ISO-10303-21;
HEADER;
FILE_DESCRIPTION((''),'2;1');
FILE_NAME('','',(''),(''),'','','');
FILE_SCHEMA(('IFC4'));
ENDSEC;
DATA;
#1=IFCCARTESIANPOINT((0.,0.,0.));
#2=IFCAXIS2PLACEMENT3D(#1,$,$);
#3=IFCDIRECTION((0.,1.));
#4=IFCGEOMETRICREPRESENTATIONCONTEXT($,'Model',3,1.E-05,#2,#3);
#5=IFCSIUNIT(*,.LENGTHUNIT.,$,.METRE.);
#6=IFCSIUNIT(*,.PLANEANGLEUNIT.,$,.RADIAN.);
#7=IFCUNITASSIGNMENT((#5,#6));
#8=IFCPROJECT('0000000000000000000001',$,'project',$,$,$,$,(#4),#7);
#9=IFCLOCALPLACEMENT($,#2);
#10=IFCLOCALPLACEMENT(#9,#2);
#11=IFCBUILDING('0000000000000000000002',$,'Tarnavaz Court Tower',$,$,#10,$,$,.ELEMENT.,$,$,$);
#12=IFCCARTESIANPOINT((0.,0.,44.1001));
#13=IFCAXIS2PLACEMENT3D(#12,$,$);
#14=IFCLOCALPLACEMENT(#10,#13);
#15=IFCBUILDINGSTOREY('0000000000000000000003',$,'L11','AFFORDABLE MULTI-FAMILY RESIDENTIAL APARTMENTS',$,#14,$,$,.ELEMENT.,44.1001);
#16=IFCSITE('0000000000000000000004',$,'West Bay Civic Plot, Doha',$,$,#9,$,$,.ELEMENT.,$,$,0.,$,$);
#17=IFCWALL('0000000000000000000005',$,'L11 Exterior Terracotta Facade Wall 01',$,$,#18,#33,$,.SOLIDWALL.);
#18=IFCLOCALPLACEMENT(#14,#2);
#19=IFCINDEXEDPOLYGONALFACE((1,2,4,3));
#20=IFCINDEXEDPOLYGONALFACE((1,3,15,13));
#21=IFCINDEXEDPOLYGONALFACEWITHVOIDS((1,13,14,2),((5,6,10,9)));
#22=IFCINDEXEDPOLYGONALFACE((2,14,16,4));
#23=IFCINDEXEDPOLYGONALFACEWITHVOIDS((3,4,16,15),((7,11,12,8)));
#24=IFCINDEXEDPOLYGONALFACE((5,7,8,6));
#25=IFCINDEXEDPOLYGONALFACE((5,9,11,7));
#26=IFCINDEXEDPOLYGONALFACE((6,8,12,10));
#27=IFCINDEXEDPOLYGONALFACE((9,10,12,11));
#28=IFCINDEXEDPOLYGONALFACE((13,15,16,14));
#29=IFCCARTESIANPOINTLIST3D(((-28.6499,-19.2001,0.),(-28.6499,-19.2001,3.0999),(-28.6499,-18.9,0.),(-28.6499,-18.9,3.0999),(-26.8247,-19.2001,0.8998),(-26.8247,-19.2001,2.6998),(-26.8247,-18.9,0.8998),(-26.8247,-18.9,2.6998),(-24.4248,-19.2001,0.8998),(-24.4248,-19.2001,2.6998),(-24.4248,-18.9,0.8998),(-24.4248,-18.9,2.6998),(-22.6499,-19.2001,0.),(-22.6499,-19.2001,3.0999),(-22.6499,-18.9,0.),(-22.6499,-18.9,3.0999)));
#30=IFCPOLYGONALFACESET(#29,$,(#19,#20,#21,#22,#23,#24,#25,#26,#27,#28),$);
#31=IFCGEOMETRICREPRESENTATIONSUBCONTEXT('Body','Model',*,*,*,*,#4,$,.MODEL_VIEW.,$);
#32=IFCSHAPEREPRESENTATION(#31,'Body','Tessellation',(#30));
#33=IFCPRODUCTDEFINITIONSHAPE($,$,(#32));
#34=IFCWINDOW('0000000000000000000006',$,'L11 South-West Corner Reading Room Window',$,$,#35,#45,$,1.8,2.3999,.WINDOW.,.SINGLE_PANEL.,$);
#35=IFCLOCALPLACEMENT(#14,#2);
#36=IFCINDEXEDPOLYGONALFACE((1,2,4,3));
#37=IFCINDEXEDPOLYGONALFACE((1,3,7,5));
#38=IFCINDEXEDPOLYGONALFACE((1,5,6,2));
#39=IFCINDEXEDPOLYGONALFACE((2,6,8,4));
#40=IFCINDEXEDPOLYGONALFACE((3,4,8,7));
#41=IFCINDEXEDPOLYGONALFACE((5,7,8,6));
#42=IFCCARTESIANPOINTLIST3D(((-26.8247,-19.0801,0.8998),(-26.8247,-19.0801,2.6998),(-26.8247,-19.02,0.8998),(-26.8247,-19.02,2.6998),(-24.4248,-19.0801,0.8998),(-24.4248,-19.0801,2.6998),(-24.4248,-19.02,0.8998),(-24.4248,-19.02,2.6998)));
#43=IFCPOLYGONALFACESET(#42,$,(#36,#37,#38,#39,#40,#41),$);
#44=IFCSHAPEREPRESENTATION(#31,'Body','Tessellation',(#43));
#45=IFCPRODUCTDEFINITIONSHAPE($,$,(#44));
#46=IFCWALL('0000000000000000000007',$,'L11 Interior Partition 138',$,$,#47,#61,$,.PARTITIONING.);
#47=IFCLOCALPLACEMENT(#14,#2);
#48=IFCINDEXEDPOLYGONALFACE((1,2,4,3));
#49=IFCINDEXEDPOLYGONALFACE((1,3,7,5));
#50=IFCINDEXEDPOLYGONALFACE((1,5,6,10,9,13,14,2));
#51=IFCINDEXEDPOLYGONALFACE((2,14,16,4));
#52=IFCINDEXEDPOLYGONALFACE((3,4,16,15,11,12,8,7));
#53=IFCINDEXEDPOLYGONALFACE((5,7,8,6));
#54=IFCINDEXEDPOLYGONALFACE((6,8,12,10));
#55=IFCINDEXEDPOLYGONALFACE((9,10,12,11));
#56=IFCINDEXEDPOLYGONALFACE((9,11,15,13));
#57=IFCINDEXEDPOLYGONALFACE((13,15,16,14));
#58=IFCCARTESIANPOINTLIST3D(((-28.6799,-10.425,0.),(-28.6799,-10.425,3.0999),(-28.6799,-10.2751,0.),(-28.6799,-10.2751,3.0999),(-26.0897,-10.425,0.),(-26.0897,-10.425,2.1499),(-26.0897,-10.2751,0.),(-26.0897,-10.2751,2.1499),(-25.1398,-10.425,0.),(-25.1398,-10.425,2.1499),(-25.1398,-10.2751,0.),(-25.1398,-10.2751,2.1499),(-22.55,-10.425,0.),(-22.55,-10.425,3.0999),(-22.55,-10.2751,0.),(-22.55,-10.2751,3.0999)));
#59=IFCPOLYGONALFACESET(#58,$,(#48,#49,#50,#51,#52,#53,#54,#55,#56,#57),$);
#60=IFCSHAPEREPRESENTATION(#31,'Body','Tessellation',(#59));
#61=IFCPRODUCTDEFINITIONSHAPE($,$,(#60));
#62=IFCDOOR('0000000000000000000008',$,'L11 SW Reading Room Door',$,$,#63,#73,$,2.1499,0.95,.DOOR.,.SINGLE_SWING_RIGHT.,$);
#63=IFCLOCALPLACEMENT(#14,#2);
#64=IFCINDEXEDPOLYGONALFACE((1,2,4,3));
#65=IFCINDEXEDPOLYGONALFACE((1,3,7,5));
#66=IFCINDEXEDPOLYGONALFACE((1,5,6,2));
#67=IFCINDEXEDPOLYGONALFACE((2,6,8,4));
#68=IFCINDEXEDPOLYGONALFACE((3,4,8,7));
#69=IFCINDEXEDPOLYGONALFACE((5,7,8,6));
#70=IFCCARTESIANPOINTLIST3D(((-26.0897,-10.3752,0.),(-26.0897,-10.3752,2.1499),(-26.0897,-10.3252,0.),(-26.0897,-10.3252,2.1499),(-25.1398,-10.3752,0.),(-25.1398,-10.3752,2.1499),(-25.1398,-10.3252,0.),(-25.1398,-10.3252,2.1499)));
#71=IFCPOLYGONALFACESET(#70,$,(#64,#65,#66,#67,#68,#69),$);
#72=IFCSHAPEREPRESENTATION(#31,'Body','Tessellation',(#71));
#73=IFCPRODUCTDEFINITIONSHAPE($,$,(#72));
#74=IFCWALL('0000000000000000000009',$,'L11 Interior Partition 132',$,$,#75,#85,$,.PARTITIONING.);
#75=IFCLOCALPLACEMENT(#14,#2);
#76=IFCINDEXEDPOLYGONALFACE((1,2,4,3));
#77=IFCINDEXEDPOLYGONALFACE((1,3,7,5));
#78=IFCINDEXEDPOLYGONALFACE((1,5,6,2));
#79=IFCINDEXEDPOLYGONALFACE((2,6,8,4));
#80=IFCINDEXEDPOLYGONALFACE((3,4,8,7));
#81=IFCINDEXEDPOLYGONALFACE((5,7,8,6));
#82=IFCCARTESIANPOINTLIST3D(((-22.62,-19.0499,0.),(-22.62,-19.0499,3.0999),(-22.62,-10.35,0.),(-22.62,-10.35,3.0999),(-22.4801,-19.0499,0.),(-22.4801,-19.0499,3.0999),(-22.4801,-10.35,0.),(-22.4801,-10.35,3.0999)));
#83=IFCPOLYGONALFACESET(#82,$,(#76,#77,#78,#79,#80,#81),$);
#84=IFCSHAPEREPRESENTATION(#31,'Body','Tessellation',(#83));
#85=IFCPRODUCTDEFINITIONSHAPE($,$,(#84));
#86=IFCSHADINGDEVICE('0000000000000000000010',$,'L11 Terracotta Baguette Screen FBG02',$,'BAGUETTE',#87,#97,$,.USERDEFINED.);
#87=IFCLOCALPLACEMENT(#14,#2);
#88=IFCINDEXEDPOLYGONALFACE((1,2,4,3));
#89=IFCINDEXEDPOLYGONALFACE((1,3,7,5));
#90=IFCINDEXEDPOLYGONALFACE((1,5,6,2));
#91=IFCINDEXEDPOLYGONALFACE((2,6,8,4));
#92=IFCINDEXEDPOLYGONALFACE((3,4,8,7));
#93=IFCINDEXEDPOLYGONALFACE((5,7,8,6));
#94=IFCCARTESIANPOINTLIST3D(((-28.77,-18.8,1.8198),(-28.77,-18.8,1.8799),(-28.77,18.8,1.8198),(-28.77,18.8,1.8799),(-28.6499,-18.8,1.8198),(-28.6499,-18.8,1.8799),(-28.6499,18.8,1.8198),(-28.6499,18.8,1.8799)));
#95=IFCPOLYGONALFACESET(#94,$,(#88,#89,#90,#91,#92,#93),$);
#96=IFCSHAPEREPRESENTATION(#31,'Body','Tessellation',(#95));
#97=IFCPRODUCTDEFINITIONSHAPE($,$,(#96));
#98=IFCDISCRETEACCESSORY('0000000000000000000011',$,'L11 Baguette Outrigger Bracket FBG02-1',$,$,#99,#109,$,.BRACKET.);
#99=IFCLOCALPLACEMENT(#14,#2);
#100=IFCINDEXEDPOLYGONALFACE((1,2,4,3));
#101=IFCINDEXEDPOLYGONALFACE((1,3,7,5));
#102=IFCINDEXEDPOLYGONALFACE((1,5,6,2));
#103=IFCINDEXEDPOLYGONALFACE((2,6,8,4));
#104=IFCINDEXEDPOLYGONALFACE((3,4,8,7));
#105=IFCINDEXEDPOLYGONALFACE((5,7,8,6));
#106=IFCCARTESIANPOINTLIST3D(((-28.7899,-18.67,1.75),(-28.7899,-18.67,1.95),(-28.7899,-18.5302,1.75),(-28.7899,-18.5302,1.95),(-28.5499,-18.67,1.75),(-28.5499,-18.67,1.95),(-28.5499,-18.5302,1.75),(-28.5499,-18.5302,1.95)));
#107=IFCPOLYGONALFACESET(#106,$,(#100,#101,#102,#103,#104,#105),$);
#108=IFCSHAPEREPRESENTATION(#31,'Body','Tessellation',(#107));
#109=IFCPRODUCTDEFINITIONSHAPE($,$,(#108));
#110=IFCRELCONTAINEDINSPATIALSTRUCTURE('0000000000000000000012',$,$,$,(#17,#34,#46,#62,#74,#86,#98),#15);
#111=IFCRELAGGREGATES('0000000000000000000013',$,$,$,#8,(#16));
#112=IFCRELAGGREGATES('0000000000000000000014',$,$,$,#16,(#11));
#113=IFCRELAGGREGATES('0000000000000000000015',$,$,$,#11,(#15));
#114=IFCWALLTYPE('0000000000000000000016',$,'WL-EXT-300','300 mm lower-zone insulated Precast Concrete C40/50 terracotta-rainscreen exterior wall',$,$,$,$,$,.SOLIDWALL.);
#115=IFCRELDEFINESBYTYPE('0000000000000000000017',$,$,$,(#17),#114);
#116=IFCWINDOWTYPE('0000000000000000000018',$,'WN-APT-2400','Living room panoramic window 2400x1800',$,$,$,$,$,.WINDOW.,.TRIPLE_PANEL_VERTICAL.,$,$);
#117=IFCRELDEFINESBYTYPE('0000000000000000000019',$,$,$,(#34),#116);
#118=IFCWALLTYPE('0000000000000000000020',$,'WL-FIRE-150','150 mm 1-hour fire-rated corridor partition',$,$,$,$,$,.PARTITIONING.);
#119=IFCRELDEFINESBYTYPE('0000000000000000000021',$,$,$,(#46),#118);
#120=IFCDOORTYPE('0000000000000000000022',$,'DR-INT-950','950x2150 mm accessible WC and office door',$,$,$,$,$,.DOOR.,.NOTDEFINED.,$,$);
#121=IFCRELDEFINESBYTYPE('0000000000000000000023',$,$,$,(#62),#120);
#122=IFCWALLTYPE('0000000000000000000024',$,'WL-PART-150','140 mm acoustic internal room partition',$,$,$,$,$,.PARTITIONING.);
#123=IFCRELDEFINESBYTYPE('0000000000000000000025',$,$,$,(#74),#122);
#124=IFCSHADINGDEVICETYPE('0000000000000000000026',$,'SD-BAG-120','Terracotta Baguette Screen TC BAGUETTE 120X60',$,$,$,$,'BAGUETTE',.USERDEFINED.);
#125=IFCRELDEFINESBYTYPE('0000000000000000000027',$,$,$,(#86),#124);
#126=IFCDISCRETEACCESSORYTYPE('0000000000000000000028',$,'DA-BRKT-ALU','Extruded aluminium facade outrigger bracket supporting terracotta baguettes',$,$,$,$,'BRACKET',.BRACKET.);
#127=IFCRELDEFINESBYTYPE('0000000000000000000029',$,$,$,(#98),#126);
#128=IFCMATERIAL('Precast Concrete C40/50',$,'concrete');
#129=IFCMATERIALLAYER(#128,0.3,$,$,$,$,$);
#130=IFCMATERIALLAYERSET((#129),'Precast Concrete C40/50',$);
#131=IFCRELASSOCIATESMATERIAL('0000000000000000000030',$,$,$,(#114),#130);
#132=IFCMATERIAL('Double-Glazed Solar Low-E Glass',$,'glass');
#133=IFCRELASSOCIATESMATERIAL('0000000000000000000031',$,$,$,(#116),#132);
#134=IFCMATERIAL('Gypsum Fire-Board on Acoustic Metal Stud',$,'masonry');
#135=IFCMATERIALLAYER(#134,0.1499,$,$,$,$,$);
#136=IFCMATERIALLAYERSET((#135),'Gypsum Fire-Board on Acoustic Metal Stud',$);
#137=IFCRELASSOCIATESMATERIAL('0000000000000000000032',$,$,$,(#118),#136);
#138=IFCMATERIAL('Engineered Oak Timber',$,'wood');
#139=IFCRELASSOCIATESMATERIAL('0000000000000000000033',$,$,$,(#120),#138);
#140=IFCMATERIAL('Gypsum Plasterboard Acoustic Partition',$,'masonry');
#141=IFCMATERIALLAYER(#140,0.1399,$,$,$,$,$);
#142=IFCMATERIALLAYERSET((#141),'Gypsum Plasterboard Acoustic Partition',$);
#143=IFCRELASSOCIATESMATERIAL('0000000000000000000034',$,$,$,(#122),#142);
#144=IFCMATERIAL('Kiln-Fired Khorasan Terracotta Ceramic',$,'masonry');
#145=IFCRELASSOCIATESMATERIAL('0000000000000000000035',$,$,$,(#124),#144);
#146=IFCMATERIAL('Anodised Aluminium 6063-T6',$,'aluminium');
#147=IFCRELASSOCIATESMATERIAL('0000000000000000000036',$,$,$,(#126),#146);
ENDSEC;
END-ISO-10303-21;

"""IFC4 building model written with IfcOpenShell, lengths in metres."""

from ifc_helpers import new_model, si_unit, direction, frame, frame_2d, origin, origin_2d, place, context, subcontext, project, spatial, rectangle, extrude, material, layer, layer_set, material_profile, profile_set, type_object, element, fill, save


model = new_model("IFC4")

# Units and contexts
model_context = context("Model", 3, precision=1e-05, world=origin(), true_north=direction((0.0, 1.0)))
body_context = subcontext(model_context, "Body", "Model", "MODEL_VIEW")
ifc_project = project(units=[si_unit("LENGTHUNIT", "METRE"), si_unit("PLANEANGLEUNIT", "RADIAN")], contexts=[model_context])

# Site, building, storey
site_placement = place(None, origin())
site = spatial("IfcSite", under=ifc_project, at=site_placement, Name="West Bay Civic Plot, Doha", CompositionType="ELEMENT", RefElevation=0.0)
building_placement = place(site_placement, origin())
building = spatial("IfcBuilding", under=site, at=building_placement, Name="Tarnavaz Court Tower", CompositionType="ELEMENT")
storey_placement = place(building_placement, frame((0.0, 0.0, 44.1001)))
storey = spatial("IfcBuildingStorey", under=building, at=storey_placement, Name="L11", Description="AFFORDABLE MULTI-FAMILY RESIDENTIAL APARTMENTS", CompositionType="ELEMENT", Elevation=44.1001)

# Wall, opening, window
ifc_material_1 = material(Name="Precast Concrete C40/50", Category="concrete")
ifc_layer_1 = layer(ifc_material_1, 0.3)
ifc_layer_set_1 = layer_set([ifc_layer_1], Name="Precast Concrete C40/50")
wall_type_1 = type_object("IfcWallType", Name="WL-EXT-300", Description="300 mm lower-zone insulated Precast Concrete C40/50 terracotta-rainscreen exterior wall", PredefinedType="SOLIDWALL", material=ifc_layer_set_1)
wall_1_placement = place(storey_placement, frame((-22.6499, -19.05, 0.0), z_axis=(0.0, 0.0, 1.0), x_axis=(-1.0, 0.0, 0.0)))
wall_1 = element("IfcWall", 1, at=wall_1_placement, inside=storey, type_object=wall_type_1, Name="L11 Exterior Terracotta Facade Wall 01", PredefinedType="SOLIDWALL", context=body_context, shape_type="SweptSolid", body=[
    extrude(rectangle(XDim=6.0, YDim=0.3, at=frame_2d((3.0, 0.0))), origin(), (0.0, 0.0, 1.0), 3.0999),
])
opening_1_placement = place(wall_1_placement, frame((1.7749, 0.0, 0.8999)))
opening_1 = element("IfcOpeningElement", 2, at=opening_1_placement, cuts=wall_1, PredefinedType="OPENING", context=body_context, shape_type="SweptSolid", body=[
    extrude(rectangle(XDim=2.3999, YDim=1.8, at=frame_2d((1.2, 0.8999))), frame((0.0, 0.1599, 0.0), z_axis=(0.0, -1.0, 0.0), x_axis=(1.0, 0.0, 0.0)), (0.0, 0.0, 1.0), 0.3201),
])
ifc_material_2 = material(Name="Double-Glazed Solar Low-E Glass", Category="glass")
window_type = type_object("IfcWindowType", Name="WN-APT-2400", Description="Living room panoramic window 2400x1800", PartitioningType="TRIPLE_PANEL_VERTICAL", PredefinedType="WINDOW", material=ifc_material_2)
window_placement = place(opening_1_placement, origin())
window = element("IfcWindow", 3, at=window_placement, inside=storey, type_object=window_type, Name="L11 South-West Corner Reading Room Window", OverallHeight=1.8, OverallWidth=2.3999, PartitioningType="SINGLE_PANEL", PredefinedType="WINDOW", context=body_context, shape_type="SweptSolid", body=[
    extrude(rectangle(XDim=2.3999, YDim=1.8, at=frame_2d((1.2, 0.8999))), frame((0.0, 0.03, 0.0), z_axis=(0.0, -1.0, 0.0), x_axis=(1.0, 0.0, 0.0)), (0.0, 0.0, 1.0), 0.0601),
])
fill(opening_1, window)

# Shared definitions
ifc_material_3 = material(Name="Gypsum Fire-Board on Acoustic Metal Stud", Category="masonry")
ifc_layer_2 = layer(ifc_material_3, 0.1499)
ifc_layer_set_2 = layer_set([ifc_layer_2], Name="Gypsum Fire-Board on Acoustic Metal Stud")
wall_type_2 = type_object("IfcWallType", Name="WL-FIRE-150", Description="150 mm 1-hour fire-rated corridor partition", PredefinedType="PARTITIONING", material=ifc_layer_set_2)
ifc_material_4 = material(Name="Engineered Oak Timber", Category="wood")
door_type = type_object("IfcDoorType", Name="DR-INT-950", Description="950x2150 mm accessible WC and office door", OperationType="NOTDEFINED", PredefinedType="DOOR", material=ifc_material_4)

# Wall, opening, door
wall_2_placement = place(storey_placement, frame((-28.6799, -10.3501, 0.0), z_axis=(0.0, 0.0, 1.0), x_axis=(1.0, 0.0, 0.0)))
wall_2 = element("IfcWall", 4, at=wall_2_placement, inside=storey, type_object=wall_type_2, Name="L11 Interior Partition 138", PredefinedType="PARTITIONING", context=body_context, shape_type="SweptSolid", body=[
    extrude(rectangle(XDim=6.1299, YDim=0.1499, at=frame_2d((3.0649, 0.0))), origin(), (0.0, 0.0, 1.0), 3.0999),
])
opening_2_placement = place(wall_2_placement, frame((2.5901, 0.0, 0.0)))
opening_2 = element("IfcOpeningElement", 5, at=opening_2_placement, cuts=wall_2, PredefinedType="OPENING", context=body_context, shape_type="SweptSolid", body=[
    extrude(rectangle(XDim=0.95, YDim=2.1499, at=frame_2d((0.4751, 1.075))), frame((0.0, 0.085, 0.0), z_axis=(0.0, -1.0, 0.0), x_axis=(1.0, 0.0, 0.0)), (0.0, 0.0, 1.0), 0.1699),
])
door_1_placement = place(opening_2_placement, origin())
door_1 = element("IfcDoor", 6, at=door_1_placement, inside=storey, type_object=door_type, Name="L11 SW Reading Room Door", OperationType="SINGLE_SWING_RIGHT", OverallHeight=2.1499, OverallWidth=0.95, PredefinedType="DOOR", context=body_context, shape_type="SweptSolid", body=[
    extrude(rectangle(XDim=0.95, YDim=2.1499, at=frame_2d((0.4751, 1.075))), frame((0.0, 0.0249, 0.0), z_axis=(0.0, -1.0, 0.0), x_axis=(1.0, 0.0, 0.0)), (0.0, 0.0, 1.0), 0.05),
])
fill(opening_2, door_1)

# Wall
ifc_material_5 = material(Name="Gypsum Plasterboard Acoustic Partition", Category="masonry")
ifc_layer_3 = layer(ifc_material_5, 0.1399)
ifc_layer_set_3 = layer_set([ifc_layer_3], Name="Gypsum Plasterboard Acoustic Partition")
wall_type_3 = type_object("IfcWallType", Name="WL-PART-150", Description="140 mm acoustic internal room partition", PredefinedType="PARTITIONING", material=ifc_layer_set_3)
wall_3_placement = place(storey_placement, frame((-22.55, -19.05, 0.0), z_axis=(0.0, 0.0, 1.0), x_axis=(0.0, 1.0, 0.0)))
element("IfcWall", 7, at=wall_3_placement, inside=storey, type_object=wall_type_3, Name="L11 Interior Partition 132", PredefinedType="PARTITIONING", context=body_context, shape_type="SweptSolid", body=[
    extrude(rectangle(XDim=8.7, YDim=0.1399, at=frame_2d((4.3501, 0.0))), origin(), (0.0, 0.0, 1.0), 3.0999),
])

# Shading device
ifc_material_6 = material(Name="Kiln-Fired Khorasan Terracotta Ceramic", Category="masonry")
ifc_material_profile_1 = material_profile(ifc_material_6, rectangle(XDim=0.1201, YDim=0.0601, at=origin_2d()), Name="TC BAGUETTE 120X60")
ifc_profile_set_1 = profile_set([ifc_material_profile_1], Name="Kiln-Fired Khorasan Terracotta Ceramic")
shading_device_type = type_object("IfcShadingDeviceType", Name="SD-BAG-120", Description="Terracotta Baguette Screen TC BAGUETTE 120X60", ElementType="BAGUETTE", PredefinedType="USERDEFINED", material=ifc_profile_set_1)
shading_device_placement = place(storey_placement, frame((-28.71, -18.8, 1.8499), z_axis=(0.0, 1.0, 0.0), x_axis=(-1.0, 0.0, 0.0)))
element("IfcShadingDevice", 8, at=shading_device_placement, inside=storey, type_object=shading_device_type, Name="L11 Terracotta Baguette Screen FBG02", ObjectType="BAGUETTE", PredefinedType="USERDEFINED", context=body_context, shape_type="SweptSolid", body=[
    extrude(rectangle(XDim=0.1201, YDim=0.0601, at=origin_2d()), origin(), (0.0, 0.0, 1.0), 37.6001),
])

# Discrete accessory
ifc_material_7 = material(Name="Anodised Aluminium 6063-T6", Category="aluminium")
discrete_accessory_type = type_object("IfcDiscreteAccessoryType", Name="DA-BRKT-ALU", Description="Extruded aluminium facade outrigger bracket supporting terracotta baguettes", ElementType="BRACKET", PredefinedType="BRACKET", material=ifc_material_7)
discrete_accessory_placement = place(storey_placement, frame((-28.6699, -18.6001, 1.75), z_axis=(0.0, 0.0, 1.0), x_axis=(0.0, 1.0, 0.0)))
element("IfcDiscreteAccessory", 9, at=discrete_accessory_placement, inside=storey, type_object=discrete_accessory_type, Name="L11 Baguette Outrigger Bracket FBG02-1", PredefinedType="BRACKET", context=body_context, shape_type="SweptSolid", body=[
    extrude(rectangle(XDim=0.1399, YDim=0.24, at=origin_2d()), origin(), (0.0, 0.0, 1.0), 0.2),
])

save(model, "model.ifc")
